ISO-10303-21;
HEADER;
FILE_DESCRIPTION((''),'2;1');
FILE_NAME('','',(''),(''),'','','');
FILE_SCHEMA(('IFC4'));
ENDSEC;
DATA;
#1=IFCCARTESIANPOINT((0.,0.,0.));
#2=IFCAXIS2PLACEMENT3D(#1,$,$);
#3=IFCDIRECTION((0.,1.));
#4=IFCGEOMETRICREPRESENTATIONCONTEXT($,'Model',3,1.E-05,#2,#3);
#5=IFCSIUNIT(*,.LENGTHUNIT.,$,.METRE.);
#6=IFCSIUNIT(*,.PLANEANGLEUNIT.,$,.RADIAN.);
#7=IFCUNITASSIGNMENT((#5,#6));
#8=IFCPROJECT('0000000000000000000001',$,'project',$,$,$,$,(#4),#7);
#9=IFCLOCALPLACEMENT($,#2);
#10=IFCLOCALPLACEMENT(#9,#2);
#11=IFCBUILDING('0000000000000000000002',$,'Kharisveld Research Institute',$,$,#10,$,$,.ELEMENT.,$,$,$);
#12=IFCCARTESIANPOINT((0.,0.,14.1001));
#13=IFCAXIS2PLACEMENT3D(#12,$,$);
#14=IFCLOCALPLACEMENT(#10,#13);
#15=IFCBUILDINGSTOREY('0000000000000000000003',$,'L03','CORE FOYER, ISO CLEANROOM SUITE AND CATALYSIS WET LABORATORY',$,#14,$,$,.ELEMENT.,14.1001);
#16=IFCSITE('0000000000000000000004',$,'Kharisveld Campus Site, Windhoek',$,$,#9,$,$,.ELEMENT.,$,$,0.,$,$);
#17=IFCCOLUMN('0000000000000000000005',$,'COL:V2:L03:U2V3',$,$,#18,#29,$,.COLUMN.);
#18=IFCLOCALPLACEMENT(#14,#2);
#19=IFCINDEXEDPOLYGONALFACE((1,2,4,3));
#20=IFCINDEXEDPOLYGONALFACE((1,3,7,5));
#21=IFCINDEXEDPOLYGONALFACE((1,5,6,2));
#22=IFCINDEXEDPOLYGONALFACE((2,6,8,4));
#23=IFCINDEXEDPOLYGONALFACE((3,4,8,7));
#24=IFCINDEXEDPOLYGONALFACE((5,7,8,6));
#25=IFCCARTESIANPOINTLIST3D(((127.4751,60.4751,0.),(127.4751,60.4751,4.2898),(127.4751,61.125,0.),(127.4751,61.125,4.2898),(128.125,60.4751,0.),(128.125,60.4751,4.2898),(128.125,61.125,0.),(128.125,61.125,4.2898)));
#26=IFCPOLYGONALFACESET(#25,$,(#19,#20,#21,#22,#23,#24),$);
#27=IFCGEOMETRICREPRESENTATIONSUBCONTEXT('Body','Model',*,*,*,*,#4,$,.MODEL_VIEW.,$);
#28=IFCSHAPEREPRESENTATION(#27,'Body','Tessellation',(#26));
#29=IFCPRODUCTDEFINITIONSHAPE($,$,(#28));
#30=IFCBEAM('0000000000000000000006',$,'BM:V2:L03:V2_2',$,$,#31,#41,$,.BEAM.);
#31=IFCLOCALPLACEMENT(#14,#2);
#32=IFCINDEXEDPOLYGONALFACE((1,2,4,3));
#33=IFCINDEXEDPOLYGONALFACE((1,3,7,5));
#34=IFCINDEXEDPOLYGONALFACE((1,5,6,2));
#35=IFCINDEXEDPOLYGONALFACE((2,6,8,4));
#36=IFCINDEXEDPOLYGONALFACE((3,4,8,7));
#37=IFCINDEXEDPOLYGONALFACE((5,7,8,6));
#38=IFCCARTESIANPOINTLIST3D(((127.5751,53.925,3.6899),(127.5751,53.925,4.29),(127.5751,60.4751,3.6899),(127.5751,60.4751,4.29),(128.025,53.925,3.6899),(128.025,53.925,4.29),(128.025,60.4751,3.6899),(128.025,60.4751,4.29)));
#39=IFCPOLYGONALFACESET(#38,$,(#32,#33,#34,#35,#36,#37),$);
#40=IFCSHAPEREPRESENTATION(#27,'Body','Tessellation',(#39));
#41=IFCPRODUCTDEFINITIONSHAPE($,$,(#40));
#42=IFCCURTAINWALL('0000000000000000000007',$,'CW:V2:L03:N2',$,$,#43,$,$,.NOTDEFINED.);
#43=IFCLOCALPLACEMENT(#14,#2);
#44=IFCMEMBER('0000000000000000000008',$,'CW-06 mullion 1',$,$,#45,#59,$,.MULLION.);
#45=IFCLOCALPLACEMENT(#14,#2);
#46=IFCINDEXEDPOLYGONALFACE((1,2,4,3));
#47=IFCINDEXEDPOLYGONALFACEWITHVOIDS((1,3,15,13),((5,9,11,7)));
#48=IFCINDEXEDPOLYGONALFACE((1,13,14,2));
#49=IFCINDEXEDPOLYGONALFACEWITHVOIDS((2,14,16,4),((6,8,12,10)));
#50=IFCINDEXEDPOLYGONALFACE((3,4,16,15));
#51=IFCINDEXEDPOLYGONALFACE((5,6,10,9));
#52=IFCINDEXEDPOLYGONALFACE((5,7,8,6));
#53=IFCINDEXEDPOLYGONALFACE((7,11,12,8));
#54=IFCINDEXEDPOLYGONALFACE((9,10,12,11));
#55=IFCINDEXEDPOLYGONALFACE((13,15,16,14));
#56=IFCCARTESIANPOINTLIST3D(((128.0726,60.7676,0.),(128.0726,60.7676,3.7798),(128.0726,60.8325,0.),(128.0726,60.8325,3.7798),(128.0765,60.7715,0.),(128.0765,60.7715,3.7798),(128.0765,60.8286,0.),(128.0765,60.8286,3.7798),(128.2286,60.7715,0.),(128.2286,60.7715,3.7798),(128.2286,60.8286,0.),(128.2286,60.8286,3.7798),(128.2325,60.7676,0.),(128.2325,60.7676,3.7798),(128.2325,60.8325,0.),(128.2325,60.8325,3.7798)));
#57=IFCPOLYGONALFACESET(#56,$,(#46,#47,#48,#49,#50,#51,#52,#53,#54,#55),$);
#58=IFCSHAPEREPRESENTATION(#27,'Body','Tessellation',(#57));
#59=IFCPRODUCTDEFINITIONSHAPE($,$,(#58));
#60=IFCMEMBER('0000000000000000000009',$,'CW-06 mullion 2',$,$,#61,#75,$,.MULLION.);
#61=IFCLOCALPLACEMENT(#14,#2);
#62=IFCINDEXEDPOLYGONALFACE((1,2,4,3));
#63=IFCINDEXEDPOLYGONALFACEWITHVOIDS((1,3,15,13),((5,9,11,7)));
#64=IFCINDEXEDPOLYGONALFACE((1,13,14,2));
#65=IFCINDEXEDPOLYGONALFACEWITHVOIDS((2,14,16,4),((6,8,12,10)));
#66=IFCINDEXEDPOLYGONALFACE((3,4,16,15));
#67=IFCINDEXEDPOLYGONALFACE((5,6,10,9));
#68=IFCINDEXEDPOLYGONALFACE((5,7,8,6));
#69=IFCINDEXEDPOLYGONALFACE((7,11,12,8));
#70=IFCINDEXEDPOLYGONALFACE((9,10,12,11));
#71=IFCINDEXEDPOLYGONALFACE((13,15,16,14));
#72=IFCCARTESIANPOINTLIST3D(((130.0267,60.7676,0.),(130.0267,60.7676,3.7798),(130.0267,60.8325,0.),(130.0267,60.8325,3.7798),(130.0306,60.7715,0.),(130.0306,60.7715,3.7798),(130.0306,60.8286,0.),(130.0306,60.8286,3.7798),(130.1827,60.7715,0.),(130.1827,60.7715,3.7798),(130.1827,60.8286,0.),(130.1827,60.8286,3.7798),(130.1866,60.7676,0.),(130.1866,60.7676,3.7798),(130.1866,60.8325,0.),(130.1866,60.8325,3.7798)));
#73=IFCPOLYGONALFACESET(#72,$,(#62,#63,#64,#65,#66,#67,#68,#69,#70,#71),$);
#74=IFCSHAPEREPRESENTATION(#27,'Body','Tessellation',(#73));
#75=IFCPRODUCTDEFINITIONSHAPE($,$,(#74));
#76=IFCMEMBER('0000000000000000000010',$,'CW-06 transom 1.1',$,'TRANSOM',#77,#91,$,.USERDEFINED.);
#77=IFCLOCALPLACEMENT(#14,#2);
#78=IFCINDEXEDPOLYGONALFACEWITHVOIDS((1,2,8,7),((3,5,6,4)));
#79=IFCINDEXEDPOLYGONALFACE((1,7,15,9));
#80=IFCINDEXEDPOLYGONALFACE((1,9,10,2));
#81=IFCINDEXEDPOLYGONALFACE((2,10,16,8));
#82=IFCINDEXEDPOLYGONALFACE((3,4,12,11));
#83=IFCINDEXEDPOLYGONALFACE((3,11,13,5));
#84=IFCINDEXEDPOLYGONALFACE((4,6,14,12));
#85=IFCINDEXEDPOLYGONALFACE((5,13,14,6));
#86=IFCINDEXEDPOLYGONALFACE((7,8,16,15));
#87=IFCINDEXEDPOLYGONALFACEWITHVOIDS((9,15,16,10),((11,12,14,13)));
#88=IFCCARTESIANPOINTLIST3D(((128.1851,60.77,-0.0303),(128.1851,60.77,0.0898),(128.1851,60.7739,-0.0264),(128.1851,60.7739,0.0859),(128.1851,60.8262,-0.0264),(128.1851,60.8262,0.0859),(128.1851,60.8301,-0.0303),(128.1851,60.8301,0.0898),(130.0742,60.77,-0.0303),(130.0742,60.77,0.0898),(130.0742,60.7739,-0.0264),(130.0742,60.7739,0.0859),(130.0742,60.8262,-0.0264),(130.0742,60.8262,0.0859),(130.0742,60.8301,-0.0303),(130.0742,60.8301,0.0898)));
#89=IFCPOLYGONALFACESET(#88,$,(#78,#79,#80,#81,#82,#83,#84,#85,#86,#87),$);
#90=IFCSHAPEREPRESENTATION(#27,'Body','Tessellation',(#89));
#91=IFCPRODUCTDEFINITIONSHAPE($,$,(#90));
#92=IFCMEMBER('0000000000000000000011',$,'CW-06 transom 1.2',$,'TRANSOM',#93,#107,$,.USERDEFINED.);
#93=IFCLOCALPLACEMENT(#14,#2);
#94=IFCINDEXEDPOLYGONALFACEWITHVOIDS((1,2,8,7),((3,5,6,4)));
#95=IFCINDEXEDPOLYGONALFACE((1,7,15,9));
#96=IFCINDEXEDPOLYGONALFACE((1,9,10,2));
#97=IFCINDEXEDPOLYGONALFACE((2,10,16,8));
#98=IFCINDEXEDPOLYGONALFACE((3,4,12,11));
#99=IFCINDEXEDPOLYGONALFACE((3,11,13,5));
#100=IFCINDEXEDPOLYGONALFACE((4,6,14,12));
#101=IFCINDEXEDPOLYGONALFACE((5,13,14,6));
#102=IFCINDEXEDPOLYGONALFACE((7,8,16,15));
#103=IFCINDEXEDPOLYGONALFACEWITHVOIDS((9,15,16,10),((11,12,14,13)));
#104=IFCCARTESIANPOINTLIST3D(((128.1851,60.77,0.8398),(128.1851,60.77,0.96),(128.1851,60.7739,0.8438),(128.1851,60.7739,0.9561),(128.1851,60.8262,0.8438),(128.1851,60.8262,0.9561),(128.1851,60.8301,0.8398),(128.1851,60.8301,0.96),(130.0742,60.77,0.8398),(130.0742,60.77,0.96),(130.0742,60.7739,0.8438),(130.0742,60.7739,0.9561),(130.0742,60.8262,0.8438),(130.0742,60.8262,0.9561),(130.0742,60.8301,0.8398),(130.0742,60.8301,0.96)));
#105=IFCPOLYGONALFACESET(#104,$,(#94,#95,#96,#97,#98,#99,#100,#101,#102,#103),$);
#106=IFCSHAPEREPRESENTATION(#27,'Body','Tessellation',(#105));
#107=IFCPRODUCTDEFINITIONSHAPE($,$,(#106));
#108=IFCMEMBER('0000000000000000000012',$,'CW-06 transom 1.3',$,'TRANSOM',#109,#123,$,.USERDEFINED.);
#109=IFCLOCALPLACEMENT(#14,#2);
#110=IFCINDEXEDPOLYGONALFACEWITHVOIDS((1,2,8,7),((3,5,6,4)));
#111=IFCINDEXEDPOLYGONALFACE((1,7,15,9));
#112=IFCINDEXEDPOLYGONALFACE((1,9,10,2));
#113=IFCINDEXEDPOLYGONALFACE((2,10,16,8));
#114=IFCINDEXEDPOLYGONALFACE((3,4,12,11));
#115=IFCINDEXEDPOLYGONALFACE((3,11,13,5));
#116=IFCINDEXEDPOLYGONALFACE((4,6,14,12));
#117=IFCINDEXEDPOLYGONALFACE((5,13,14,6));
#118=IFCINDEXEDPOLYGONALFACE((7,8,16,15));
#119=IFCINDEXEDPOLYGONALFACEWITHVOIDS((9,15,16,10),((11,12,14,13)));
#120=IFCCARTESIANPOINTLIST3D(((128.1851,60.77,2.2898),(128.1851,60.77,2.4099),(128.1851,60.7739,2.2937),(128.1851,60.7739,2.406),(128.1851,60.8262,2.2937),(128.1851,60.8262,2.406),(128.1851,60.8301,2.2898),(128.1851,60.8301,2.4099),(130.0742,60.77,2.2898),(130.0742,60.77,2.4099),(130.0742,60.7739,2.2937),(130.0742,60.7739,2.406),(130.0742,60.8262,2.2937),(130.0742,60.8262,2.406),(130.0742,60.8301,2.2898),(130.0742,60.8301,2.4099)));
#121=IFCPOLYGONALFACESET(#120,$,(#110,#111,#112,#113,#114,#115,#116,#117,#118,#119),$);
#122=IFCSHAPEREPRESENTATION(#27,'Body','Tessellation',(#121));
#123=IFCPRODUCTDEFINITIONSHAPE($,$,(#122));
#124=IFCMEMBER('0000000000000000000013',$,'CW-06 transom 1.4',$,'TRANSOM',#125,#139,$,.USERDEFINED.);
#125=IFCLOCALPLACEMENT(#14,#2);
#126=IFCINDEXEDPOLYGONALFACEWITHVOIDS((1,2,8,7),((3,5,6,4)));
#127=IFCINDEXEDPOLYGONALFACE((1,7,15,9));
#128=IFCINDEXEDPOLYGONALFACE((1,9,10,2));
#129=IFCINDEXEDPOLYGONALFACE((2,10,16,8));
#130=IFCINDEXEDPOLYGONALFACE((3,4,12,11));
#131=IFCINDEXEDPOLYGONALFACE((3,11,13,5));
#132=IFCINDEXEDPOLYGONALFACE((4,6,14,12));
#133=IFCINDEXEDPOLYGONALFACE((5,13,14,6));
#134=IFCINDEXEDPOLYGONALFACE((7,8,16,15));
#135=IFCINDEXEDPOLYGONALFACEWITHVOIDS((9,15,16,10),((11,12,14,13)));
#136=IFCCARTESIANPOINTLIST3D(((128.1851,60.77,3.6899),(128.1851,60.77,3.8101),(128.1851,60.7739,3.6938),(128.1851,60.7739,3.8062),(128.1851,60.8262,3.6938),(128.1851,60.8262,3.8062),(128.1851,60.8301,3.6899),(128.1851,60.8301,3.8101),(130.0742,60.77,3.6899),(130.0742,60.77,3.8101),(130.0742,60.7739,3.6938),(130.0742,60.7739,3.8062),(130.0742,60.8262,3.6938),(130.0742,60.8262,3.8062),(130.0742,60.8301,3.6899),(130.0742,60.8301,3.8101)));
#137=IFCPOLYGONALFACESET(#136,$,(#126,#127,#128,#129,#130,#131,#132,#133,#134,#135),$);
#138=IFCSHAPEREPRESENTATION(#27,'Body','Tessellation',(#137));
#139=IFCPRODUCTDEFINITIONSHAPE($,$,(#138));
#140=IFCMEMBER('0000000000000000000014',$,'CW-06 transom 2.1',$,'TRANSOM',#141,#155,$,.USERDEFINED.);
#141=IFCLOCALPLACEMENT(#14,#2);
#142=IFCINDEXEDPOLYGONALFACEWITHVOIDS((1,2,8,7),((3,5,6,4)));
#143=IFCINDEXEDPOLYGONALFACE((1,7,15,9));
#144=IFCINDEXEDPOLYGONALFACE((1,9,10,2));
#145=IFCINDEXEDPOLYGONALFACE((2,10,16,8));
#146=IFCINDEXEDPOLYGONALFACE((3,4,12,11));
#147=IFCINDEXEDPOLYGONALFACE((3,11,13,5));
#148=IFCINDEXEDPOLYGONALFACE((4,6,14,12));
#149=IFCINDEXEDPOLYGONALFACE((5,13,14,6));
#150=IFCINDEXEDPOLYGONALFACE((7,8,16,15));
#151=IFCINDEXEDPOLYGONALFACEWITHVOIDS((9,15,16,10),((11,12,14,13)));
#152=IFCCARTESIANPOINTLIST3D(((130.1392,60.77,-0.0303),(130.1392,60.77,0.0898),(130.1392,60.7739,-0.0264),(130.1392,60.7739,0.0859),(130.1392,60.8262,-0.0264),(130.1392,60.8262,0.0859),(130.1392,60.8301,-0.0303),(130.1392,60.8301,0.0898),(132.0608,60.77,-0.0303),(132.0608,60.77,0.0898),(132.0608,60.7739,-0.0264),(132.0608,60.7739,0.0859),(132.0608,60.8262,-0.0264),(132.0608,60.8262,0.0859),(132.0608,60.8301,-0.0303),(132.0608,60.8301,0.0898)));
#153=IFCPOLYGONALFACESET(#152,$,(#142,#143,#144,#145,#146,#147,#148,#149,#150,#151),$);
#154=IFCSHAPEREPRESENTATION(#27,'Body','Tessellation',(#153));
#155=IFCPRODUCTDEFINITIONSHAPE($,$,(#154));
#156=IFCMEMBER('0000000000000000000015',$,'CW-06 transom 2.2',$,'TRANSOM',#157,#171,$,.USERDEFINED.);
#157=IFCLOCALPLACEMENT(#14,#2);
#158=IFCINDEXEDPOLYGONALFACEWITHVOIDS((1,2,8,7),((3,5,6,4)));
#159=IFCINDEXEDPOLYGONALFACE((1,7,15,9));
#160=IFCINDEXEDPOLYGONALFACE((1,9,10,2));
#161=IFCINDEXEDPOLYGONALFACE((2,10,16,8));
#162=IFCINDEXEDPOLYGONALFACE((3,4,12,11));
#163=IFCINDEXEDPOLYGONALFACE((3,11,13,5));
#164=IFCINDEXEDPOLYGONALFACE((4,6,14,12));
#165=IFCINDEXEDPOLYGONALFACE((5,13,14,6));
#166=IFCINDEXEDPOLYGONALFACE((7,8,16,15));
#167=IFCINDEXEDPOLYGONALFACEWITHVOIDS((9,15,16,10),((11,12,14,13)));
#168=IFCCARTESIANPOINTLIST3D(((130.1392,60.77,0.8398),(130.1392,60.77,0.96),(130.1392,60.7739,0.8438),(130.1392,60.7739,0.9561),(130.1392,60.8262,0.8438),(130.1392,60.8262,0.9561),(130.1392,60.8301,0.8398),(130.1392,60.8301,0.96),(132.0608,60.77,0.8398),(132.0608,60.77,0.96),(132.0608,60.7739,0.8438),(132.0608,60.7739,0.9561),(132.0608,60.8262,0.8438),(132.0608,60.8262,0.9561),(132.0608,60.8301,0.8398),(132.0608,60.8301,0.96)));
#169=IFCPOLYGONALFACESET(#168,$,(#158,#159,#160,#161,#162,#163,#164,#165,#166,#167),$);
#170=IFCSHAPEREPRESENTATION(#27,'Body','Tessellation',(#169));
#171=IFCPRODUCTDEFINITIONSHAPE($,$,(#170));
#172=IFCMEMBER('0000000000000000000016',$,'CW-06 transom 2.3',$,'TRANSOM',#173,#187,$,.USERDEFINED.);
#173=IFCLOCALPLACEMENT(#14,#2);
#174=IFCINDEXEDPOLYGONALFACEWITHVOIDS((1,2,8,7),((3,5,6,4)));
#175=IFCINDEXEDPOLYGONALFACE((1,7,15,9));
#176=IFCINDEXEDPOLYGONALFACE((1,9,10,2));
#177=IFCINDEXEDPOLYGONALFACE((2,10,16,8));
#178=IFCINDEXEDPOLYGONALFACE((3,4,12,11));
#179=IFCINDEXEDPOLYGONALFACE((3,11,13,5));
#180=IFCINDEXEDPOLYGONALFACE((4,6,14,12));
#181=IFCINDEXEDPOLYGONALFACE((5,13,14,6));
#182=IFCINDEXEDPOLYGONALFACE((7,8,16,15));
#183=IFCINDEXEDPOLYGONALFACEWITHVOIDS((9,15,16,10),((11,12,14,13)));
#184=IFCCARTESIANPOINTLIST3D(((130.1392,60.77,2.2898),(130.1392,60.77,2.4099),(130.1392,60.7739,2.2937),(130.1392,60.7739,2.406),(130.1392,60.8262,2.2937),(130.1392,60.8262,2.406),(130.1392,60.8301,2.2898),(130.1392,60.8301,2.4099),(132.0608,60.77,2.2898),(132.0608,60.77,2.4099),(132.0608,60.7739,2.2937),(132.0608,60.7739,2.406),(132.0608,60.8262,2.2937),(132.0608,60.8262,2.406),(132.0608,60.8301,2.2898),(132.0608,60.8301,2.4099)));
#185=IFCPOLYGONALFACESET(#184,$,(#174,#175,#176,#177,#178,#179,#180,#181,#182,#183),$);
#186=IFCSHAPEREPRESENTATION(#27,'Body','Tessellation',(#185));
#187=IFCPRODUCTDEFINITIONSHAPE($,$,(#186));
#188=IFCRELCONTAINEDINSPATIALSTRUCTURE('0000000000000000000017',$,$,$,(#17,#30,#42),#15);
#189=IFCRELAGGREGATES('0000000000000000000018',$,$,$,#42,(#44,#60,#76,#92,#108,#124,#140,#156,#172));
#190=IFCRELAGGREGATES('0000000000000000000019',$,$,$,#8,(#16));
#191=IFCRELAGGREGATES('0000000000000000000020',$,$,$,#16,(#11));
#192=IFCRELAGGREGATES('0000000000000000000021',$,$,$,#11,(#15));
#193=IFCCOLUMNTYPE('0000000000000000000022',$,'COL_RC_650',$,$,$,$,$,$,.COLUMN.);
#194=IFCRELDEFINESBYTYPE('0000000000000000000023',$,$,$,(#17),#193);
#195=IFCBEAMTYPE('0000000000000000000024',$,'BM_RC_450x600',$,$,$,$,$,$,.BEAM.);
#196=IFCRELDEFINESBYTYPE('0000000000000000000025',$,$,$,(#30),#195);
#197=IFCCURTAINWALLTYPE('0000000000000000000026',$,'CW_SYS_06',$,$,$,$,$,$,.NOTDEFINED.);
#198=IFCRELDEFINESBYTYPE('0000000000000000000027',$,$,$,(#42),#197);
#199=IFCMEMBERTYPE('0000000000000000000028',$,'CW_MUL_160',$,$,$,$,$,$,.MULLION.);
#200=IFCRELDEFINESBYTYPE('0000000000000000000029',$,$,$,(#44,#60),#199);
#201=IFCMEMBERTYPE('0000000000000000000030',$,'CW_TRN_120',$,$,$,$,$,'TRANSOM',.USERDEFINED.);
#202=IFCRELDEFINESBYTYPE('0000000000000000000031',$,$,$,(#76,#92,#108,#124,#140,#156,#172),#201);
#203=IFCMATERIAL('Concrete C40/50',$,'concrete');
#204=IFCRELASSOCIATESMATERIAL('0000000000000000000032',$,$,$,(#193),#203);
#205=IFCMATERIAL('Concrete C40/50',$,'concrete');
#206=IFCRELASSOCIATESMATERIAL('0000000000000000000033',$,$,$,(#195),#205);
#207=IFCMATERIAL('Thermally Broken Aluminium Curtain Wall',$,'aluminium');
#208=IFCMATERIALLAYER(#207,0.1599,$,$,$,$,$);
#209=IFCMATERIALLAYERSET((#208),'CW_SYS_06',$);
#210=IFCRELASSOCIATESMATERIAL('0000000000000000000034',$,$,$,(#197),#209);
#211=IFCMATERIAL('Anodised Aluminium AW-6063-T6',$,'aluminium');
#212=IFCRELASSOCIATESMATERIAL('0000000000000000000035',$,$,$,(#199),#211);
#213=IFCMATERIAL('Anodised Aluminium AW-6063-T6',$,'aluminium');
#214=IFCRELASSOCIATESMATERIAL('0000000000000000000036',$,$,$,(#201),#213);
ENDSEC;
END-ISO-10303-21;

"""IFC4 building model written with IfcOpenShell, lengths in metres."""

from ifc_helpers import new_model, si_unit, direction, frame, origin, origin_2d, place, context, subcontext, project, spatial, rectangle, hollow_rectangle, extrude, material, layer, layer_set, material_profile, profile_set, type_object, element, aggregate, save


model = new_model("IFC4")

# Units and contexts
model_context = context("Model", 3, precision=1e-05, world=origin(), true_north=direction((0.0, 1.0)))
body_context = subcontext(model_context, "Body", "Model", "MODEL_VIEW")
ifc_project = project(units=[si_unit("LENGTHUNIT", "METRE"), si_unit("PLANEANGLEUNIT", "RADIAN")], contexts=[model_context])

# Site, building, storey
site_placement = place(None, origin())
site = spatial("IfcSite", under=ifc_project, at=site_placement, Name="Kharisveld Campus Site, Windhoek", CompositionType="ELEMENT", RefElevation=0.0)
building_placement = place(site_placement, origin())
building = spatial("IfcBuilding", under=site, at=building_placement, Name="Kharisveld Research Institute", CompositionType="ELEMENT")
storey_placement = place(building_placement, frame((0.0, 0.0, 14.1001)))
storey = spatial("IfcBuildingStorey", under=building, at=storey_placement, Name="L03", Description="CORE FOYER, ISO CLEANROOM SUITE AND CATALYSIS WET LABORATORY", CompositionType="ELEMENT", Elevation=14.1001)

# Column
ifc_material_1 = material(Name="Concrete C40/50", Category="concrete")
ifc_material_profile_1 = material_profile(ifc_material_1, rectangle(XDim=0.6499, YDim=0.6499, at=origin_2d()))
ifc_profile_set_1 = profile_set([ifc_material_profile_1], Name="Concrete C40/50")
column_type = type_object("IfcColumnType", Name="COL_RC_650", PredefinedType="COLUMN", material=ifc_profile_set_1)
column_placement = place(storey_placement, frame((127.8, 60.8, 0.0), z_axis=(0.0, 0.0, 1.0), x_axis=(1.0, 0.0, 0.0)))
element("IfcColumn", 1, at=column_placement, inside=storey, type_object=column_type, Name="COL:V2:L03:U2V3", PredefinedType="COLUMN", context=body_context, shape_type="SweptSolid", body=[
    extrude(rectangle(XDim=0.6499, YDim=0.6499, at=origin_2d()), origin(), (0.0, 0.0, 1.0), 4.2898),
])

# Beam
ifc_material_2 = material(Name="Concrete C40/50", Category="concrete")
ifc_material_profile_2 = material_profile(ifc_material_2, rectangle(XDim=0.45, YDim=0.6001, at=origin_2d()))
ifc_profile_set_2 = profile_set([ifc_material_profile_2], Name="Concrete C40/50")
beam_type_1 = type_object("IfcBeamType", Name="BM_RC_450x600", PredefinedType="BEAM", material=ifc_profile_set_2)
beam_1_placement = place(storey_placement, frame((127.8, 53.925, 3.99), z_axis=(0.0, 1.0, 0.0), x_axis=(-1.0, 0.0, 0.0)))
element("IfcBeam", 2, at=beam_1_placement, inside=storey, type_object=beam_type_1, Name="BM:V2:L03:V2_2", PredefinedType="BEAM", context=body_context, shape_type="SweptSolid", body=[
    extrude(rectangle(XDim=0.45, YDim=0.6001, at=origin_2d()), origin(), (0.0, 0.0, 1.0), 6.55),
])

# Curtain wall, members
ifc_material_3 = material(Name="Thermally Broken Aluminium Curtain Wall", Category="aluminium")
ifc_layer_1 = layer(ifc_material_3, 0.1599)
ifc_layer_set_1 = layer_set([ifc_layer_1], Name="CW_SYS_06")
curtain_wall_type = type_object("IfcCurtainWallType", Name="CW_SYS_06", PredefinedType="NOTDEFINED", material=ifc_layer_set_1)
curtain_wall_placement = place(storey_placement, origin())
curtain_wall = element("IfcCurtainWall", 3, at=curtain_wall_placement, inside=storey, type_object=curtain_wall_type, Name="CW:V2:L03:N2", PredefinedType="NOTDEFINED")
ifc_material_4 = material(Name="Anodised Aluminium AW-6063-T6", Category="aluminium")
ifc_material_profile_3 = material_profile(ifc_material_4, hollow_rectangle(XDim=0.0649, YDim=0.1599, WallThickness=0.0039, at=origin_2d()))
ifc_profile_set_3 = profile_set([ifc_material_profile_3], Name="Anodised Aluminium AW-6063-T6")
member_type_1 = type_object("IfcMemberType", Name="CW_MUL_160", PredefinedType="MULLION", material=ifc_profile_set_3)
member_1_placement = place(storey_placement, frame((128.1526, 60.8, 0.0), z_axis=(0.0, 0.0, 1.0), x_axis=(0.0, 1.0, 0.0)))
member_1 = element("IfcMember", 4, at=member_1_placement, type_object=member_type_1, Name="CW-06 mullion 1", PredefinedType="MULLION", context=body_context, shape_type="SweptSolid", body=[
    extrude(hollow_rectangle(XDim=0.0649, YDim=0.1599, WallThickness=0.0039, at=origin_2d()), origin(), (0.0, 0.0, 1.0), 3.7798),
])
member_2_placement = place(storey_placement, frame((130.1067, 60.8, 0.0), z_axis=(0.0, 0.0, 1.0), x_axis=(0.0, 1.0, 0.0)))
member_2 = element("IfcMember", 5, at=member_2_placement, type_object=member_type_1, Name="CW-06 mullion 2", PredefinedType="MULLION", context=body_context, shape_type="SweptSolid", body=[
    extrude(hollow_rectangle(XDim=0.0649, YDim=0.1599, WallThickness=0.0039, at=origin_2d()), origin(), (0.0, 0.0, 1.0), 3.7798),
])
ifc_material_5 = material(Name="Anodised Aluminium AW-6063-T6", Category="aluminium")
ifc_material_profile_4 = material_profile(ifc_material_5, hollow_rectangle(XDim=0.0601, YDim=0.1201, WallThickness=0.0039, at=origin_2d()))
ifc_profile_set_4 = profile_set([ifc_material_profile_4], Name="Anodised Aluminium AW-6063-T6")
member_type_2 = type_object("IfcMemberType", Name="CW_TRN_120", ElementType="TRANSOM", PredefinedType="USERDEFINED", material=ifc_profile_set_4)
member_3_placement = place(storey_placement, frame((128.1851, 60.8, 0.0298), z_axis=(1.0, 0.0, 0.0), x_axis=(0.0, 1.0, 0.0)))
member_3 = element("IfcMember", 6, at=member_3_placement, type_object=member_type_2, Name="CW-06 transom 1.1", ObjectType="TRANSOM", PredefinedType="USERDEFINED", context=body_context, shape_type="SweptSolid", body=[
    extrude(hollow_rectangle(XDim=0.0601, YDim=0.1201, WallThickness=0.0039, at=origin_2d()), origin(), (0.0, 0.0, 1.0), 1.8892),
])
member_4_placement = place(storey_placement, frame((128.1851, 60.8, 0.8999), z_axis=(1.0, 0.0, 0.0), x_axis=(0.0, 1.0, 0.0)))
member_4 = element("IfcMember", 7, at=member_4_placement, type_object=member_type_2, Name="CW-06 transom 1.2", ObjectType="TRANSOM", PredefinedType="USERDEFINED", context=body_context, shape_type="SweptSolid", body=[
    extrude(hollow_rectangle(XDim=0.0601, YDim=0.1201, WallThickness=0.0039, at=origin_2d()), origin(), (0.0, 0.0, 1.0), 1.8892),
])
member_5_placement = place(storey_placement, frame((128.1851, 60.8, 2.3499), z_axis=(1.0, 0.0, 0.0), x_axis=(0.0, 1.0, 0.0)))
member_5 = element("IfcMember", 8, at=member_5_placement, type_object=member_type_2, Name="CW-06 transom 1.3", ObjectType="TRANSOM", PredefinedType="USERDEFINED", context=body_context, shape_type="SweptSolid", body=[
    extrude(hollow_rectangle(XDim=0.0601, YDim=0.1201, WallThickness=0.0039, at=origin_2d()), origin(), (0.0, 0.0, 1.0), 1.8892),
])
member_6_placement = place(storey_placement, frame((128.1851, 60.8, 3.75), z_axis=(1.0, 0.0, 0.0), x_axis=(0.0, 1.0, 0.0)))
member_6 = element("IfcMember", 9, at=member_6_placement, type_object=member_type_2, Name="CW-06 transom 1.4", ObjectType="TRANSOM", PredefinedType="USERDEFINED", context=body_context, shape_type="SweptSolid", body=[
    extrude(hollow_rectangle(XDim=0.0601, YDim=0.1201, WallThickness=0.0039, at=origin_2d()), origin(), (0.0, 0.0, 1.0), 1.8892),
])
member_7_placement = place(storey_placement, frame((130.1392, 60.8, 0.0298), z_axis=(1.0, 0.0, 0.0), x_axis=(0.0, 1.0, 0.0)))
member_7 = element("IfcMember", 10, at=member_7_placement, type_object=member_type_2, Name="CW-06 transom 2.1", ObjectType="TRANSOM", PredefinedType="USERDEFINED", context=body_context, shape_type="SweptSolid", body=[
    extrude(hollow_rectangle(XDim=0.0601, YDim=0.1201, WallThickness=0.0039, at=origin_2d()), origin(), (0.0, 0.0, 1.0), 1.9216),
])
member_8_placement = place(storey_placement, frame((130.1392, 60.8, 0.8999), z_axis=(1.0, 0.0, 0.0), x_axis=(0.0, 1.0, 0.0)))
member_8 = element("IfcMember", 11, at=member_8_placement, type_object=member_type_2, Name="CW-06 transom 2.2", ObjectType="TRANSOM", PredefinedType="USERDEFINED", context=body_context, shape_type="SweptSolid", body=[
    extrude(hollow_rectangle(XDim=0.0601, YDim=0.1201, WallThickness=0.0039, at=origin_2d()), origin(), (0.0, 0.0, 1.0), 1.9216),
])
member_9_placement = place(storey_placement, frame((130.1392, 60.8, 2.3499), z_axis=(1.0, 0.0, 0.0), x_axis=(0.0, 1.0, 0.0)))
member_9 = element("IfcMember", 12, at=member_9_placement, type_object=member_type_2, Name="CW-06 transom 2.3", ObjectType="TRANSOM", PredefinedType="USERDEFINED", context=body_context, shape_type="SweptSolid", body=[
    extrude(hollow_rectangle(XDim=0.0601, YDim=0.1201, WallThickness=0.0039, at=origin_2d()), origin(), (0.0, 0.0, 1.0), 1.9216),
])

aggregate(curtain_wall, [member_1, member_2, member_3, member_4, member_5, member_6, member_7, member_8, member_9])

save(model, "model.ifc")
